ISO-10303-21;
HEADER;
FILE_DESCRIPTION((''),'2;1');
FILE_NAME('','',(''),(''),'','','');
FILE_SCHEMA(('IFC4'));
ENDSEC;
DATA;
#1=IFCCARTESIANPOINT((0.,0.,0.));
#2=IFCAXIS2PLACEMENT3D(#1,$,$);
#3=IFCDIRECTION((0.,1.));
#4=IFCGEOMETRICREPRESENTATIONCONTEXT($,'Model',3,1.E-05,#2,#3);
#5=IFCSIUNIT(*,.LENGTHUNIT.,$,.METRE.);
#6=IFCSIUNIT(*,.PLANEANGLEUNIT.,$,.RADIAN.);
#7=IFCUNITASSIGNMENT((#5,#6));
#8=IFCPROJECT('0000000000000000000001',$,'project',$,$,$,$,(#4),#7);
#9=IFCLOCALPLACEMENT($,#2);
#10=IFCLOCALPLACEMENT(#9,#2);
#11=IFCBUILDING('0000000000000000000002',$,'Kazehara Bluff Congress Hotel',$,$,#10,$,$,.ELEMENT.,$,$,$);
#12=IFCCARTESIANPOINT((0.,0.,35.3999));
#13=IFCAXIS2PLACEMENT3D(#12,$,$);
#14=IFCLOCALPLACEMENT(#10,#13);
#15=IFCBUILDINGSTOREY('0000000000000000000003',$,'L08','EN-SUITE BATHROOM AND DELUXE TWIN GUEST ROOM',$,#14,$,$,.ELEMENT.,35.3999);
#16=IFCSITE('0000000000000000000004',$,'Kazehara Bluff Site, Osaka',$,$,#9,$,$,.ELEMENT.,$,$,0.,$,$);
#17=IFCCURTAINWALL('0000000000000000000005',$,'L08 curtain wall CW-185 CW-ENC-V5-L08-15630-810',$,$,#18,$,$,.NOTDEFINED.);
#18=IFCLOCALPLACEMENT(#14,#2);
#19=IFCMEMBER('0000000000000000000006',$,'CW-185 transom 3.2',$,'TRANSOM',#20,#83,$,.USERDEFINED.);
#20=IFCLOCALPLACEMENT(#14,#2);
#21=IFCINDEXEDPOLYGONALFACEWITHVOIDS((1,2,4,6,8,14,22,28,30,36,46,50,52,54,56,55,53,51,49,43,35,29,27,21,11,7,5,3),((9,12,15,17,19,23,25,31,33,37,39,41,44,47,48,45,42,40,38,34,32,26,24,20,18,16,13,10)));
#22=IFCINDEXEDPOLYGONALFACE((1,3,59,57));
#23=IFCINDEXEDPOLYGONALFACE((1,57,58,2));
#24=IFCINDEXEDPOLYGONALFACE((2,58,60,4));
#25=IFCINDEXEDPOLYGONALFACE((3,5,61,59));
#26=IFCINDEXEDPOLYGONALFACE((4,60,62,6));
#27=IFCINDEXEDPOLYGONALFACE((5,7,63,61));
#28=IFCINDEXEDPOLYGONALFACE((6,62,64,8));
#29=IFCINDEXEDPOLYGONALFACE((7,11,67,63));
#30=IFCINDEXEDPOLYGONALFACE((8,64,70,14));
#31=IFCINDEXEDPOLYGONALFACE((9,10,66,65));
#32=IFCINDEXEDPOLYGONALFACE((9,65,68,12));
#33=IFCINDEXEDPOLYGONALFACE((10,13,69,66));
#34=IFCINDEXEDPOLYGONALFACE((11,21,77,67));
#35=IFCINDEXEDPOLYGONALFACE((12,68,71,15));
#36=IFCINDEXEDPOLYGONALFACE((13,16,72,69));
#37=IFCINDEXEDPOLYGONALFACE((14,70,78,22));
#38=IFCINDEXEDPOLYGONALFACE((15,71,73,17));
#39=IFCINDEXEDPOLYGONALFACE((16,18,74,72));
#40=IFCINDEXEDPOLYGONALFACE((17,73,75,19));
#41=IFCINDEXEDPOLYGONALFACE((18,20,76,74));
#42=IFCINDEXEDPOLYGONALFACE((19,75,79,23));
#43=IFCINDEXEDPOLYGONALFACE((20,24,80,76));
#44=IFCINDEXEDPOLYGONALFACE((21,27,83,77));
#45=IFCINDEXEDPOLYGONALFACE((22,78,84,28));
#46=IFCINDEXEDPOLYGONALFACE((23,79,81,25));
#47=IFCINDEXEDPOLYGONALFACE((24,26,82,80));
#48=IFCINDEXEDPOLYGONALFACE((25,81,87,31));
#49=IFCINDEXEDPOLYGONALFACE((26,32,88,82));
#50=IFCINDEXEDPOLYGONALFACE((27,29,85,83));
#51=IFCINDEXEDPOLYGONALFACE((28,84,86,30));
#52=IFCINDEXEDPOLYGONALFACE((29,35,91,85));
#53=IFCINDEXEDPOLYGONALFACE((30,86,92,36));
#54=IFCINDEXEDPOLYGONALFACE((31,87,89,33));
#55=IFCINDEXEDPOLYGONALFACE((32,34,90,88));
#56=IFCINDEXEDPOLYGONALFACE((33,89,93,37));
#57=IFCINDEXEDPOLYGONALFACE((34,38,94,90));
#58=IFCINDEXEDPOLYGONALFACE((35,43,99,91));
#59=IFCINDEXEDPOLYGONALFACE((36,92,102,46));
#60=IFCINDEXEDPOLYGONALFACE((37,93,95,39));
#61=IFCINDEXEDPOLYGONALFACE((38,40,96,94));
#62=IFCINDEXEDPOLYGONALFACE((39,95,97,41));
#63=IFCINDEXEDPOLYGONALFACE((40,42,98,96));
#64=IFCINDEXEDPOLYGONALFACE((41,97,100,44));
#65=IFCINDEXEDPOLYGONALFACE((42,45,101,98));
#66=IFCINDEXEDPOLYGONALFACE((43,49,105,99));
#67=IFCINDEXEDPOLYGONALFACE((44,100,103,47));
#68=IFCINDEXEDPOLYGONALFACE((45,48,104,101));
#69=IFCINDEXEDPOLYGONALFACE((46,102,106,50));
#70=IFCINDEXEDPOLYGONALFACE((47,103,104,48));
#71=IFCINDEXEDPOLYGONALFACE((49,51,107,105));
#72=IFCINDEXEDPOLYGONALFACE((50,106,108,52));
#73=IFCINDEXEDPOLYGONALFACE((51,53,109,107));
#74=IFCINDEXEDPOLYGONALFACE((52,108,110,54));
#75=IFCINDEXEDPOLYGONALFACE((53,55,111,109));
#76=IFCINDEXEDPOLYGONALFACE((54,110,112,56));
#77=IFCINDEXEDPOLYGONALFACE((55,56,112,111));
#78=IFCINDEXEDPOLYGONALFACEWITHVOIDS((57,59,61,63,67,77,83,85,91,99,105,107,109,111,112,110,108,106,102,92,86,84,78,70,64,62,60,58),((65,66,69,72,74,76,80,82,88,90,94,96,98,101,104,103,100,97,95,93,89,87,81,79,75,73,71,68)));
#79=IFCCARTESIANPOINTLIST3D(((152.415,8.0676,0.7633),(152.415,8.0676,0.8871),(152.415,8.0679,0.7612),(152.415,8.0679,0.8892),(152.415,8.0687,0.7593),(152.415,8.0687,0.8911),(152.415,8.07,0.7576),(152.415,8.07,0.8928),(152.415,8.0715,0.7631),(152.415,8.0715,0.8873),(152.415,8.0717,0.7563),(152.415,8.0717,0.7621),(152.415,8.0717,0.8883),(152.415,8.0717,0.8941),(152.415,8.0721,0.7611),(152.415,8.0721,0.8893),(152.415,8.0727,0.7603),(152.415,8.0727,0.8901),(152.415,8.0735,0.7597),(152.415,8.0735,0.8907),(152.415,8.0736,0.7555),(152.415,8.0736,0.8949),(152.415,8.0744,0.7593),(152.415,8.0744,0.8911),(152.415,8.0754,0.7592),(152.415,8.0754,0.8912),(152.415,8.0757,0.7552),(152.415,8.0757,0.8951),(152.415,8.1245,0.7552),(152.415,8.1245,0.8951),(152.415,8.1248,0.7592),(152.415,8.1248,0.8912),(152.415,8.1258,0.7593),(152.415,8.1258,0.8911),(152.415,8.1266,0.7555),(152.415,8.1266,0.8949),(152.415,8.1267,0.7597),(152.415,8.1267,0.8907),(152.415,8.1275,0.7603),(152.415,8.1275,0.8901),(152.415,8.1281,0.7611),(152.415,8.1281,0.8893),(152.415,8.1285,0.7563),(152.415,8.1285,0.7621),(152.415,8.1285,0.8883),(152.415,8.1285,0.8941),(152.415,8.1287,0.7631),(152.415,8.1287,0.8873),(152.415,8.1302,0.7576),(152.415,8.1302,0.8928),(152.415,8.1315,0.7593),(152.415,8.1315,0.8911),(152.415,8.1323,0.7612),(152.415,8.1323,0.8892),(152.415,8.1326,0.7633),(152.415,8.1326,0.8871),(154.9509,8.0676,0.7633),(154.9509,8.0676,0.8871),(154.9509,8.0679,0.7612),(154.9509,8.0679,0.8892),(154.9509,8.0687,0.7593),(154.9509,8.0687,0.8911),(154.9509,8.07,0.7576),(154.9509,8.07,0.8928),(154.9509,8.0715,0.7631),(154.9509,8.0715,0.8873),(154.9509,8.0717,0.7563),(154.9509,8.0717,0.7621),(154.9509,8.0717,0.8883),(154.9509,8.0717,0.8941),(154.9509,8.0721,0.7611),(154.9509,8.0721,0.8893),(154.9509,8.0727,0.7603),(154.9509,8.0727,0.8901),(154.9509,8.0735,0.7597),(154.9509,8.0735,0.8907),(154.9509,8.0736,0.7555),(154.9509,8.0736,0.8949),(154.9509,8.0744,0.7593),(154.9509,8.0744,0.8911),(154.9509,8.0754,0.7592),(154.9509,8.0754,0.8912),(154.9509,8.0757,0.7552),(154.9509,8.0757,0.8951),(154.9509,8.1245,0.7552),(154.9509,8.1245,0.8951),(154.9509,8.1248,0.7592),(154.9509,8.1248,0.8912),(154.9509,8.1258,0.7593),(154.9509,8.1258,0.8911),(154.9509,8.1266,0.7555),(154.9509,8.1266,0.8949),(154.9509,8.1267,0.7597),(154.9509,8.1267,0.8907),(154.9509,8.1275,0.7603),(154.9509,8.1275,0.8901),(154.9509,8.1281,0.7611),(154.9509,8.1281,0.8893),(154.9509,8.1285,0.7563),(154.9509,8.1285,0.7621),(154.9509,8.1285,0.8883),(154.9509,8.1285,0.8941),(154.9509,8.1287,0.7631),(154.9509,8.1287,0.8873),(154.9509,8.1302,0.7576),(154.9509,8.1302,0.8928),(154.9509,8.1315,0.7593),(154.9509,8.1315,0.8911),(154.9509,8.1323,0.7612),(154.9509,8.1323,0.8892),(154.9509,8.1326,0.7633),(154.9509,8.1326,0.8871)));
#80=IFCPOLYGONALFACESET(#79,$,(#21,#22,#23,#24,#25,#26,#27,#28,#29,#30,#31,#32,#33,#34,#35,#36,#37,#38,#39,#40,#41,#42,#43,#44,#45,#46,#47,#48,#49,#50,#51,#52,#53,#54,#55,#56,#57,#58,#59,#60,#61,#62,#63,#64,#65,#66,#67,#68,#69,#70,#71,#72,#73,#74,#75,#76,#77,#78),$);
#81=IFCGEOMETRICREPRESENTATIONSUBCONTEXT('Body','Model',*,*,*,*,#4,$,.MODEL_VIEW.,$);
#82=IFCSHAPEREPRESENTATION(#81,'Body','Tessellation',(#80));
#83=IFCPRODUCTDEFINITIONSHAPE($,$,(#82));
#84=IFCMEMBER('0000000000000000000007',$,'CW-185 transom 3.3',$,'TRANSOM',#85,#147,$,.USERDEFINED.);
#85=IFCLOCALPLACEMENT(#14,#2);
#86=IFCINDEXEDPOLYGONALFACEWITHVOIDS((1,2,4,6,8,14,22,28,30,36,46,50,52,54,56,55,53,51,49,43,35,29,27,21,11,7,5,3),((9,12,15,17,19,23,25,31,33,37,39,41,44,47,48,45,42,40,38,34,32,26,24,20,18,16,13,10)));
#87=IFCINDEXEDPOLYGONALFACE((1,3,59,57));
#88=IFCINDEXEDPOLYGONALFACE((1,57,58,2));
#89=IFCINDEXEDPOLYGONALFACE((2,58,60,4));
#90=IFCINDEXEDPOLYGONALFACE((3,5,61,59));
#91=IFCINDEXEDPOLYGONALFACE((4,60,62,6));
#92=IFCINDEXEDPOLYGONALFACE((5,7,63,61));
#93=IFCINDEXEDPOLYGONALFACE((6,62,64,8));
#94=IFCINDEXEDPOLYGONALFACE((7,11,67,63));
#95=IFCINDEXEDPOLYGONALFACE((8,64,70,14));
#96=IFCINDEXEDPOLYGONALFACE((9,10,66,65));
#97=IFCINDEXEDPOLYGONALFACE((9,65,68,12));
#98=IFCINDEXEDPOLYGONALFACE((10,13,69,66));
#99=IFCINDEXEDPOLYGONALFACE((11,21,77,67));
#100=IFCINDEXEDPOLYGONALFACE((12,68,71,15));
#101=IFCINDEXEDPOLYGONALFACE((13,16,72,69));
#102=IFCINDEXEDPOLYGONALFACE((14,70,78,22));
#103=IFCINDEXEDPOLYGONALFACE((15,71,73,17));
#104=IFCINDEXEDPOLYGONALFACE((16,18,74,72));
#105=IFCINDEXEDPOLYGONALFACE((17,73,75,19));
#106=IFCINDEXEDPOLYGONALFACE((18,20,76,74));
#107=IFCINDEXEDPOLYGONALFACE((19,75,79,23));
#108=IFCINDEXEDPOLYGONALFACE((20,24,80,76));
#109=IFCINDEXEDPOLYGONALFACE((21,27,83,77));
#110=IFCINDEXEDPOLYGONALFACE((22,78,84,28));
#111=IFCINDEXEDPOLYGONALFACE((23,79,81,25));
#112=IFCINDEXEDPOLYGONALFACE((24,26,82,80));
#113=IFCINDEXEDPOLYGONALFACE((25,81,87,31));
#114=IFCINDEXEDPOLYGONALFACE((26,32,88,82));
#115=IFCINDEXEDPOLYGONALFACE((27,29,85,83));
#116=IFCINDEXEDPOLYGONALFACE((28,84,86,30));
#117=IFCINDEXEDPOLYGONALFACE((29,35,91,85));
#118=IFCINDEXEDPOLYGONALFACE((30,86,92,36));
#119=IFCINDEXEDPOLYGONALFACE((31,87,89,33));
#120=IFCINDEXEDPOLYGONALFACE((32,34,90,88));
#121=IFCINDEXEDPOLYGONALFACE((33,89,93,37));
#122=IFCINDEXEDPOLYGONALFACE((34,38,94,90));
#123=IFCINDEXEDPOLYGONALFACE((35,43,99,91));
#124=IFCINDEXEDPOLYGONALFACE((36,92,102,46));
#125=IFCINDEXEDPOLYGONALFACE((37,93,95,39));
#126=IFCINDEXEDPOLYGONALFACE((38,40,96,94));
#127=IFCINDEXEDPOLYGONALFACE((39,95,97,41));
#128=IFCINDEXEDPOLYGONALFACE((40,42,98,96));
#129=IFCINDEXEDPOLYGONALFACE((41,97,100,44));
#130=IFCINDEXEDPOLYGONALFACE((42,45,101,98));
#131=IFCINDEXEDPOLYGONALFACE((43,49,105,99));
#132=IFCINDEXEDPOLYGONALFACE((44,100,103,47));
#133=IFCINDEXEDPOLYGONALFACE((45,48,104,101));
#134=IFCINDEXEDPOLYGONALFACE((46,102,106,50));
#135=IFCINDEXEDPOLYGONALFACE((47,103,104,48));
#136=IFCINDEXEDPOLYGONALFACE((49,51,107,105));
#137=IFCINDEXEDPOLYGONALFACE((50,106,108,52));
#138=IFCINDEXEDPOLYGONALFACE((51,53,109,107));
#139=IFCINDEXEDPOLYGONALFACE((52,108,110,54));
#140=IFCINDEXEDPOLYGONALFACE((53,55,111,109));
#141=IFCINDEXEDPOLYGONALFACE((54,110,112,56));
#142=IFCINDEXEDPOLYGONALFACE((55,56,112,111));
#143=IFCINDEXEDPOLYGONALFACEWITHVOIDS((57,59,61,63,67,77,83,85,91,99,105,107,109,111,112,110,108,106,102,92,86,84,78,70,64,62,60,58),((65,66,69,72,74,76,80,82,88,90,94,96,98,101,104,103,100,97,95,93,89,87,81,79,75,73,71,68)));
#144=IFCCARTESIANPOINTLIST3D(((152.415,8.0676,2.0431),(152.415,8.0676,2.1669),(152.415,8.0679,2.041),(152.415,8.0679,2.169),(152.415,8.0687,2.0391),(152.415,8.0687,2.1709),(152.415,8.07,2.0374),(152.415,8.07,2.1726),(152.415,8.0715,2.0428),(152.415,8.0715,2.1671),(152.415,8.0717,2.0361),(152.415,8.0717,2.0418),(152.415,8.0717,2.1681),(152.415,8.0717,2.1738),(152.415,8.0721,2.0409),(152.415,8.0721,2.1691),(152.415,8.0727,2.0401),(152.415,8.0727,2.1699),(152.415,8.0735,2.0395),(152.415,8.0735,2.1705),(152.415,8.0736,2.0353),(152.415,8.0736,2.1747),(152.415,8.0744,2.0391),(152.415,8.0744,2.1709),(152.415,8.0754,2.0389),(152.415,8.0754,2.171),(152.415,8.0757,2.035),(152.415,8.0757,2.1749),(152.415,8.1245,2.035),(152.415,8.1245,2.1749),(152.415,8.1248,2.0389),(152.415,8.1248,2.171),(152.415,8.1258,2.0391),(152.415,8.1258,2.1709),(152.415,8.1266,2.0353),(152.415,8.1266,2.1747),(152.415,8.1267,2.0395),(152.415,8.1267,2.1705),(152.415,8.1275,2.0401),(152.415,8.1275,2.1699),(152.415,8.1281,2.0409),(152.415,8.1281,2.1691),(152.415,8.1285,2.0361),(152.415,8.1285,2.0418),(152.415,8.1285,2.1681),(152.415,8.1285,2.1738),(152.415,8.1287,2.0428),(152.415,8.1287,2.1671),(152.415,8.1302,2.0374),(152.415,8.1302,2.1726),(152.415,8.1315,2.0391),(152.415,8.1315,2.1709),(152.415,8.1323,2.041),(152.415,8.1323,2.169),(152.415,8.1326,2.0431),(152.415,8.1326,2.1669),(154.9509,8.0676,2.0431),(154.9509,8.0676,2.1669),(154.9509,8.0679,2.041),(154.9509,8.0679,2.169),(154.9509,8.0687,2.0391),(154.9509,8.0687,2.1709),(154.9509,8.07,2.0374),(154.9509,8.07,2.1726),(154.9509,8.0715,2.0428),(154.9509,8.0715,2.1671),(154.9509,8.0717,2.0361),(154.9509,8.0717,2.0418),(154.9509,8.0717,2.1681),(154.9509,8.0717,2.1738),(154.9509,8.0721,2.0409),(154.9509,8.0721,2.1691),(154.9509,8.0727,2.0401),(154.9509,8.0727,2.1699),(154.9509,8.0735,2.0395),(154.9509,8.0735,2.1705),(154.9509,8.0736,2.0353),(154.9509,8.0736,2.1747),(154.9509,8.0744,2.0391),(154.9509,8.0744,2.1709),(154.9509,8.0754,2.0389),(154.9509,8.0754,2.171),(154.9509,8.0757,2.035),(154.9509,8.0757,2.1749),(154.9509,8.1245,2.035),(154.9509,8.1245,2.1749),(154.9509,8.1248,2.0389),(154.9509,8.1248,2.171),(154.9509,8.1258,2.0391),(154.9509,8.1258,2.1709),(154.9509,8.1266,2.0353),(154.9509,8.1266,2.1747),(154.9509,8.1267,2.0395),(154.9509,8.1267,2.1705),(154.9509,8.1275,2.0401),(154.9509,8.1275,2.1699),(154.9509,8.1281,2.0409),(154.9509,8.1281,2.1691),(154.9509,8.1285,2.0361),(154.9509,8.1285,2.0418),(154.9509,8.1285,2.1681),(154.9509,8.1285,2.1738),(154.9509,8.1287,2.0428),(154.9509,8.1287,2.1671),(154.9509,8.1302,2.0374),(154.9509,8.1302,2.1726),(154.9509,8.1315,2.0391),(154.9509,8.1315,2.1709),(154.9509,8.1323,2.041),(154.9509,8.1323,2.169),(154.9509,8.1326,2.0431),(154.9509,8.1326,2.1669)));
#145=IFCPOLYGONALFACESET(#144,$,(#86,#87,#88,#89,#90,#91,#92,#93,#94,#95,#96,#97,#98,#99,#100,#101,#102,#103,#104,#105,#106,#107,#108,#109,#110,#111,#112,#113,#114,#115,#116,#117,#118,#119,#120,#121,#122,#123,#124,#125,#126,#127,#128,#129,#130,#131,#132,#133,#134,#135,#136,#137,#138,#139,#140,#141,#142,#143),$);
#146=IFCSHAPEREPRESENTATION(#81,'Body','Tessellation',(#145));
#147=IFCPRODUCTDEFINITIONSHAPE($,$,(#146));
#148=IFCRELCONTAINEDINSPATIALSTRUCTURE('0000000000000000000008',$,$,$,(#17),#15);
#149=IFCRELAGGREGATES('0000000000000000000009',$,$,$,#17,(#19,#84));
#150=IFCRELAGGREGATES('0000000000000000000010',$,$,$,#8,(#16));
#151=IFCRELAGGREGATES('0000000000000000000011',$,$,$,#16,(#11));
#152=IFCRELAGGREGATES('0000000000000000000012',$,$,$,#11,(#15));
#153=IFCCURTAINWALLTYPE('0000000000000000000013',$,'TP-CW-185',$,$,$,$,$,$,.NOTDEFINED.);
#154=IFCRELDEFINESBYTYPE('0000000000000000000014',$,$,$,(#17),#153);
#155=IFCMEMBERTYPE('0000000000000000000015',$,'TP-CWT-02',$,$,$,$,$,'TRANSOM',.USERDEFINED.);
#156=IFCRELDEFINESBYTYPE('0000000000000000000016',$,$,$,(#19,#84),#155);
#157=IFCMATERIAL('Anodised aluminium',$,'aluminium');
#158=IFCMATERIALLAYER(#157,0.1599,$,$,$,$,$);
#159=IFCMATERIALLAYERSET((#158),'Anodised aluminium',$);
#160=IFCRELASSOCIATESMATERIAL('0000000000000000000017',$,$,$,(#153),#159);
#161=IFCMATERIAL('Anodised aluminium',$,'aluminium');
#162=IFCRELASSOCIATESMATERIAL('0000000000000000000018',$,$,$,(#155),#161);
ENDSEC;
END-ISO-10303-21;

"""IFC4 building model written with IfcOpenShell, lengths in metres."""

from ifc_helpers import new_model, si_unit, direction, frame, origin, origin_2d, place, context, subcontext, project, spatial, hollow_rectangle, extrude, material, layer, layer_set, material_profile, profile_set, type_object, element, aggregate, save


model = new_model("IFC4")

# Units and contexts
model_context = context("Model", 3, precision=1e-05, world=origin(), true_north=direction((0.0, 1.0)))
body_context = subcontext(model_context, "Body", "Model", "MODEL_VIEW")
ifc_project = project(units=[si_unit("LENGTHUNIT", "METRE"), si_unit("PLANEANGLEUNIT", "RADIAN")], contexts=[model_context])

# Site, building, storey
site_placement = place(None, origin())
site = spatial("IfcSite", under=ifc_project, at=site_placement, Name="Kazehara Bluff Site, Osaka", CompositionType="ELEMENT", RefElevation=0.0)
building_placement = place(site_placement, origin())
building = spatial("IfcBuilding", under=site, at=building_placement, Name="Kazehara Bluff Congress Hotel", CompositionType="ELEMENT")
storey_placement = place(building_placement, frame((0.0, 0.0, 35.3999)))
storey = spatial("IfcBuildingStorey", under=building, at=storey_placement, Name="L08", Description="EN-SUITE BATHROOM AND DELUXE TWIN GUEST ROOM", CompositionType="ELEMENT", Elevation=35.3999)

# Curtain wall, members
ifc_material_1 = material(Name="Anodised aluminium", Category="aluminium")
ifc_layer_1 = layer(ifc_material_1, 0.1599)
ifc_layer_set_1 = layer_set([ifc_layer_1], Name="Anodised aluminium")
curtain_wall_type = type_object("IfcCurtainWallType", Name="TP-CW-185", PredefinedType="NOTDEFINED", material=ifc_layer_set_1)
curtain_wall_placement = place(storey_placement, origin())
curtain_wall = element("IfcCurtainWall", 1, at=curtain_wall_placement, inside=storey, type_object=curtain_wall_type, Name="L08 curtain wall CW-185 CW-ENC-V5-L08-15630-810", PredefinedType="NOTDEFINED")
ifc_material_2 = material(Name="Anodised aluminium", Category="aluminium")
ifc_material_profile_1 = material_profile(ifc_material_2, hollow_rectangle(XDim=0.0649, YDim=0.1399, WallThickness=0.0039, InnerFilletRadius=0.0039, OuterFilletRadius=0.0081, at=origin_2d()))
ifc_profile_set_1 = profile_set([ifc_material_profile_1], Name="Anodised aluminium")
member_type_1 = type_object("IfcMemberType", Name="TP-CWT-02", ElementType="TRANSOM", PredefinedType="USERDEFINED", material=ifc_profile_set_1)
member_1_placement = place(storey_placement, frame((154.9509, 8.1001, 0.8252), z_axis=(-1.0, 0.0, 0.0), x_axis=(0.0, -1.0, 0.0)))
member_1 = element("IfcMember", 2, at=member_1_placement, type_object=member_type_1, Name="CW-185 transom 3.2", ObjectType="TRANSOM", PredefinedType="USERDEFINED", context=body_context, shape_type="SweptSolid", body=[
    extrude(hollow_rectangle(XDim=0.0649, YDim=0.1399, WallThickness=0.0039, InnerFilletRadius=0.0039, OuterFilletRadius=0.0081, at=origin_2d()), origin(), (0.0, 0.0, 1.0), 2.5359),
])
member_2_placement = place(storey_placement, frame((154.9509, 8.1001, 2.105), z_axis=(-1.0, 0.0, 0.0), x_axis=(0.0, -1.0, 0.0)))
member_2 = element("IfcMember", 3, at=member_2_placement, type_object=member_type_1, Name="CW-185 transom 3.3", ObjectType="TRANSOM", PredefinedType="USERDEFINED", context=body_context, shape_type="SweptSolid", body=[
    extrude(hollow_rectangle(XDim=0.0649, YDim=0.1399, WallThickness=0.0039, InnerFilletRadius=0.0039, OuterFilletRadius=0.0081, at=origin_2d()), origin(), (0.0, 0.0, 1.0), 2.5359),
])

aggregate(curtain_wall, [member_1, member_2])

save(model, "model.ifc")
